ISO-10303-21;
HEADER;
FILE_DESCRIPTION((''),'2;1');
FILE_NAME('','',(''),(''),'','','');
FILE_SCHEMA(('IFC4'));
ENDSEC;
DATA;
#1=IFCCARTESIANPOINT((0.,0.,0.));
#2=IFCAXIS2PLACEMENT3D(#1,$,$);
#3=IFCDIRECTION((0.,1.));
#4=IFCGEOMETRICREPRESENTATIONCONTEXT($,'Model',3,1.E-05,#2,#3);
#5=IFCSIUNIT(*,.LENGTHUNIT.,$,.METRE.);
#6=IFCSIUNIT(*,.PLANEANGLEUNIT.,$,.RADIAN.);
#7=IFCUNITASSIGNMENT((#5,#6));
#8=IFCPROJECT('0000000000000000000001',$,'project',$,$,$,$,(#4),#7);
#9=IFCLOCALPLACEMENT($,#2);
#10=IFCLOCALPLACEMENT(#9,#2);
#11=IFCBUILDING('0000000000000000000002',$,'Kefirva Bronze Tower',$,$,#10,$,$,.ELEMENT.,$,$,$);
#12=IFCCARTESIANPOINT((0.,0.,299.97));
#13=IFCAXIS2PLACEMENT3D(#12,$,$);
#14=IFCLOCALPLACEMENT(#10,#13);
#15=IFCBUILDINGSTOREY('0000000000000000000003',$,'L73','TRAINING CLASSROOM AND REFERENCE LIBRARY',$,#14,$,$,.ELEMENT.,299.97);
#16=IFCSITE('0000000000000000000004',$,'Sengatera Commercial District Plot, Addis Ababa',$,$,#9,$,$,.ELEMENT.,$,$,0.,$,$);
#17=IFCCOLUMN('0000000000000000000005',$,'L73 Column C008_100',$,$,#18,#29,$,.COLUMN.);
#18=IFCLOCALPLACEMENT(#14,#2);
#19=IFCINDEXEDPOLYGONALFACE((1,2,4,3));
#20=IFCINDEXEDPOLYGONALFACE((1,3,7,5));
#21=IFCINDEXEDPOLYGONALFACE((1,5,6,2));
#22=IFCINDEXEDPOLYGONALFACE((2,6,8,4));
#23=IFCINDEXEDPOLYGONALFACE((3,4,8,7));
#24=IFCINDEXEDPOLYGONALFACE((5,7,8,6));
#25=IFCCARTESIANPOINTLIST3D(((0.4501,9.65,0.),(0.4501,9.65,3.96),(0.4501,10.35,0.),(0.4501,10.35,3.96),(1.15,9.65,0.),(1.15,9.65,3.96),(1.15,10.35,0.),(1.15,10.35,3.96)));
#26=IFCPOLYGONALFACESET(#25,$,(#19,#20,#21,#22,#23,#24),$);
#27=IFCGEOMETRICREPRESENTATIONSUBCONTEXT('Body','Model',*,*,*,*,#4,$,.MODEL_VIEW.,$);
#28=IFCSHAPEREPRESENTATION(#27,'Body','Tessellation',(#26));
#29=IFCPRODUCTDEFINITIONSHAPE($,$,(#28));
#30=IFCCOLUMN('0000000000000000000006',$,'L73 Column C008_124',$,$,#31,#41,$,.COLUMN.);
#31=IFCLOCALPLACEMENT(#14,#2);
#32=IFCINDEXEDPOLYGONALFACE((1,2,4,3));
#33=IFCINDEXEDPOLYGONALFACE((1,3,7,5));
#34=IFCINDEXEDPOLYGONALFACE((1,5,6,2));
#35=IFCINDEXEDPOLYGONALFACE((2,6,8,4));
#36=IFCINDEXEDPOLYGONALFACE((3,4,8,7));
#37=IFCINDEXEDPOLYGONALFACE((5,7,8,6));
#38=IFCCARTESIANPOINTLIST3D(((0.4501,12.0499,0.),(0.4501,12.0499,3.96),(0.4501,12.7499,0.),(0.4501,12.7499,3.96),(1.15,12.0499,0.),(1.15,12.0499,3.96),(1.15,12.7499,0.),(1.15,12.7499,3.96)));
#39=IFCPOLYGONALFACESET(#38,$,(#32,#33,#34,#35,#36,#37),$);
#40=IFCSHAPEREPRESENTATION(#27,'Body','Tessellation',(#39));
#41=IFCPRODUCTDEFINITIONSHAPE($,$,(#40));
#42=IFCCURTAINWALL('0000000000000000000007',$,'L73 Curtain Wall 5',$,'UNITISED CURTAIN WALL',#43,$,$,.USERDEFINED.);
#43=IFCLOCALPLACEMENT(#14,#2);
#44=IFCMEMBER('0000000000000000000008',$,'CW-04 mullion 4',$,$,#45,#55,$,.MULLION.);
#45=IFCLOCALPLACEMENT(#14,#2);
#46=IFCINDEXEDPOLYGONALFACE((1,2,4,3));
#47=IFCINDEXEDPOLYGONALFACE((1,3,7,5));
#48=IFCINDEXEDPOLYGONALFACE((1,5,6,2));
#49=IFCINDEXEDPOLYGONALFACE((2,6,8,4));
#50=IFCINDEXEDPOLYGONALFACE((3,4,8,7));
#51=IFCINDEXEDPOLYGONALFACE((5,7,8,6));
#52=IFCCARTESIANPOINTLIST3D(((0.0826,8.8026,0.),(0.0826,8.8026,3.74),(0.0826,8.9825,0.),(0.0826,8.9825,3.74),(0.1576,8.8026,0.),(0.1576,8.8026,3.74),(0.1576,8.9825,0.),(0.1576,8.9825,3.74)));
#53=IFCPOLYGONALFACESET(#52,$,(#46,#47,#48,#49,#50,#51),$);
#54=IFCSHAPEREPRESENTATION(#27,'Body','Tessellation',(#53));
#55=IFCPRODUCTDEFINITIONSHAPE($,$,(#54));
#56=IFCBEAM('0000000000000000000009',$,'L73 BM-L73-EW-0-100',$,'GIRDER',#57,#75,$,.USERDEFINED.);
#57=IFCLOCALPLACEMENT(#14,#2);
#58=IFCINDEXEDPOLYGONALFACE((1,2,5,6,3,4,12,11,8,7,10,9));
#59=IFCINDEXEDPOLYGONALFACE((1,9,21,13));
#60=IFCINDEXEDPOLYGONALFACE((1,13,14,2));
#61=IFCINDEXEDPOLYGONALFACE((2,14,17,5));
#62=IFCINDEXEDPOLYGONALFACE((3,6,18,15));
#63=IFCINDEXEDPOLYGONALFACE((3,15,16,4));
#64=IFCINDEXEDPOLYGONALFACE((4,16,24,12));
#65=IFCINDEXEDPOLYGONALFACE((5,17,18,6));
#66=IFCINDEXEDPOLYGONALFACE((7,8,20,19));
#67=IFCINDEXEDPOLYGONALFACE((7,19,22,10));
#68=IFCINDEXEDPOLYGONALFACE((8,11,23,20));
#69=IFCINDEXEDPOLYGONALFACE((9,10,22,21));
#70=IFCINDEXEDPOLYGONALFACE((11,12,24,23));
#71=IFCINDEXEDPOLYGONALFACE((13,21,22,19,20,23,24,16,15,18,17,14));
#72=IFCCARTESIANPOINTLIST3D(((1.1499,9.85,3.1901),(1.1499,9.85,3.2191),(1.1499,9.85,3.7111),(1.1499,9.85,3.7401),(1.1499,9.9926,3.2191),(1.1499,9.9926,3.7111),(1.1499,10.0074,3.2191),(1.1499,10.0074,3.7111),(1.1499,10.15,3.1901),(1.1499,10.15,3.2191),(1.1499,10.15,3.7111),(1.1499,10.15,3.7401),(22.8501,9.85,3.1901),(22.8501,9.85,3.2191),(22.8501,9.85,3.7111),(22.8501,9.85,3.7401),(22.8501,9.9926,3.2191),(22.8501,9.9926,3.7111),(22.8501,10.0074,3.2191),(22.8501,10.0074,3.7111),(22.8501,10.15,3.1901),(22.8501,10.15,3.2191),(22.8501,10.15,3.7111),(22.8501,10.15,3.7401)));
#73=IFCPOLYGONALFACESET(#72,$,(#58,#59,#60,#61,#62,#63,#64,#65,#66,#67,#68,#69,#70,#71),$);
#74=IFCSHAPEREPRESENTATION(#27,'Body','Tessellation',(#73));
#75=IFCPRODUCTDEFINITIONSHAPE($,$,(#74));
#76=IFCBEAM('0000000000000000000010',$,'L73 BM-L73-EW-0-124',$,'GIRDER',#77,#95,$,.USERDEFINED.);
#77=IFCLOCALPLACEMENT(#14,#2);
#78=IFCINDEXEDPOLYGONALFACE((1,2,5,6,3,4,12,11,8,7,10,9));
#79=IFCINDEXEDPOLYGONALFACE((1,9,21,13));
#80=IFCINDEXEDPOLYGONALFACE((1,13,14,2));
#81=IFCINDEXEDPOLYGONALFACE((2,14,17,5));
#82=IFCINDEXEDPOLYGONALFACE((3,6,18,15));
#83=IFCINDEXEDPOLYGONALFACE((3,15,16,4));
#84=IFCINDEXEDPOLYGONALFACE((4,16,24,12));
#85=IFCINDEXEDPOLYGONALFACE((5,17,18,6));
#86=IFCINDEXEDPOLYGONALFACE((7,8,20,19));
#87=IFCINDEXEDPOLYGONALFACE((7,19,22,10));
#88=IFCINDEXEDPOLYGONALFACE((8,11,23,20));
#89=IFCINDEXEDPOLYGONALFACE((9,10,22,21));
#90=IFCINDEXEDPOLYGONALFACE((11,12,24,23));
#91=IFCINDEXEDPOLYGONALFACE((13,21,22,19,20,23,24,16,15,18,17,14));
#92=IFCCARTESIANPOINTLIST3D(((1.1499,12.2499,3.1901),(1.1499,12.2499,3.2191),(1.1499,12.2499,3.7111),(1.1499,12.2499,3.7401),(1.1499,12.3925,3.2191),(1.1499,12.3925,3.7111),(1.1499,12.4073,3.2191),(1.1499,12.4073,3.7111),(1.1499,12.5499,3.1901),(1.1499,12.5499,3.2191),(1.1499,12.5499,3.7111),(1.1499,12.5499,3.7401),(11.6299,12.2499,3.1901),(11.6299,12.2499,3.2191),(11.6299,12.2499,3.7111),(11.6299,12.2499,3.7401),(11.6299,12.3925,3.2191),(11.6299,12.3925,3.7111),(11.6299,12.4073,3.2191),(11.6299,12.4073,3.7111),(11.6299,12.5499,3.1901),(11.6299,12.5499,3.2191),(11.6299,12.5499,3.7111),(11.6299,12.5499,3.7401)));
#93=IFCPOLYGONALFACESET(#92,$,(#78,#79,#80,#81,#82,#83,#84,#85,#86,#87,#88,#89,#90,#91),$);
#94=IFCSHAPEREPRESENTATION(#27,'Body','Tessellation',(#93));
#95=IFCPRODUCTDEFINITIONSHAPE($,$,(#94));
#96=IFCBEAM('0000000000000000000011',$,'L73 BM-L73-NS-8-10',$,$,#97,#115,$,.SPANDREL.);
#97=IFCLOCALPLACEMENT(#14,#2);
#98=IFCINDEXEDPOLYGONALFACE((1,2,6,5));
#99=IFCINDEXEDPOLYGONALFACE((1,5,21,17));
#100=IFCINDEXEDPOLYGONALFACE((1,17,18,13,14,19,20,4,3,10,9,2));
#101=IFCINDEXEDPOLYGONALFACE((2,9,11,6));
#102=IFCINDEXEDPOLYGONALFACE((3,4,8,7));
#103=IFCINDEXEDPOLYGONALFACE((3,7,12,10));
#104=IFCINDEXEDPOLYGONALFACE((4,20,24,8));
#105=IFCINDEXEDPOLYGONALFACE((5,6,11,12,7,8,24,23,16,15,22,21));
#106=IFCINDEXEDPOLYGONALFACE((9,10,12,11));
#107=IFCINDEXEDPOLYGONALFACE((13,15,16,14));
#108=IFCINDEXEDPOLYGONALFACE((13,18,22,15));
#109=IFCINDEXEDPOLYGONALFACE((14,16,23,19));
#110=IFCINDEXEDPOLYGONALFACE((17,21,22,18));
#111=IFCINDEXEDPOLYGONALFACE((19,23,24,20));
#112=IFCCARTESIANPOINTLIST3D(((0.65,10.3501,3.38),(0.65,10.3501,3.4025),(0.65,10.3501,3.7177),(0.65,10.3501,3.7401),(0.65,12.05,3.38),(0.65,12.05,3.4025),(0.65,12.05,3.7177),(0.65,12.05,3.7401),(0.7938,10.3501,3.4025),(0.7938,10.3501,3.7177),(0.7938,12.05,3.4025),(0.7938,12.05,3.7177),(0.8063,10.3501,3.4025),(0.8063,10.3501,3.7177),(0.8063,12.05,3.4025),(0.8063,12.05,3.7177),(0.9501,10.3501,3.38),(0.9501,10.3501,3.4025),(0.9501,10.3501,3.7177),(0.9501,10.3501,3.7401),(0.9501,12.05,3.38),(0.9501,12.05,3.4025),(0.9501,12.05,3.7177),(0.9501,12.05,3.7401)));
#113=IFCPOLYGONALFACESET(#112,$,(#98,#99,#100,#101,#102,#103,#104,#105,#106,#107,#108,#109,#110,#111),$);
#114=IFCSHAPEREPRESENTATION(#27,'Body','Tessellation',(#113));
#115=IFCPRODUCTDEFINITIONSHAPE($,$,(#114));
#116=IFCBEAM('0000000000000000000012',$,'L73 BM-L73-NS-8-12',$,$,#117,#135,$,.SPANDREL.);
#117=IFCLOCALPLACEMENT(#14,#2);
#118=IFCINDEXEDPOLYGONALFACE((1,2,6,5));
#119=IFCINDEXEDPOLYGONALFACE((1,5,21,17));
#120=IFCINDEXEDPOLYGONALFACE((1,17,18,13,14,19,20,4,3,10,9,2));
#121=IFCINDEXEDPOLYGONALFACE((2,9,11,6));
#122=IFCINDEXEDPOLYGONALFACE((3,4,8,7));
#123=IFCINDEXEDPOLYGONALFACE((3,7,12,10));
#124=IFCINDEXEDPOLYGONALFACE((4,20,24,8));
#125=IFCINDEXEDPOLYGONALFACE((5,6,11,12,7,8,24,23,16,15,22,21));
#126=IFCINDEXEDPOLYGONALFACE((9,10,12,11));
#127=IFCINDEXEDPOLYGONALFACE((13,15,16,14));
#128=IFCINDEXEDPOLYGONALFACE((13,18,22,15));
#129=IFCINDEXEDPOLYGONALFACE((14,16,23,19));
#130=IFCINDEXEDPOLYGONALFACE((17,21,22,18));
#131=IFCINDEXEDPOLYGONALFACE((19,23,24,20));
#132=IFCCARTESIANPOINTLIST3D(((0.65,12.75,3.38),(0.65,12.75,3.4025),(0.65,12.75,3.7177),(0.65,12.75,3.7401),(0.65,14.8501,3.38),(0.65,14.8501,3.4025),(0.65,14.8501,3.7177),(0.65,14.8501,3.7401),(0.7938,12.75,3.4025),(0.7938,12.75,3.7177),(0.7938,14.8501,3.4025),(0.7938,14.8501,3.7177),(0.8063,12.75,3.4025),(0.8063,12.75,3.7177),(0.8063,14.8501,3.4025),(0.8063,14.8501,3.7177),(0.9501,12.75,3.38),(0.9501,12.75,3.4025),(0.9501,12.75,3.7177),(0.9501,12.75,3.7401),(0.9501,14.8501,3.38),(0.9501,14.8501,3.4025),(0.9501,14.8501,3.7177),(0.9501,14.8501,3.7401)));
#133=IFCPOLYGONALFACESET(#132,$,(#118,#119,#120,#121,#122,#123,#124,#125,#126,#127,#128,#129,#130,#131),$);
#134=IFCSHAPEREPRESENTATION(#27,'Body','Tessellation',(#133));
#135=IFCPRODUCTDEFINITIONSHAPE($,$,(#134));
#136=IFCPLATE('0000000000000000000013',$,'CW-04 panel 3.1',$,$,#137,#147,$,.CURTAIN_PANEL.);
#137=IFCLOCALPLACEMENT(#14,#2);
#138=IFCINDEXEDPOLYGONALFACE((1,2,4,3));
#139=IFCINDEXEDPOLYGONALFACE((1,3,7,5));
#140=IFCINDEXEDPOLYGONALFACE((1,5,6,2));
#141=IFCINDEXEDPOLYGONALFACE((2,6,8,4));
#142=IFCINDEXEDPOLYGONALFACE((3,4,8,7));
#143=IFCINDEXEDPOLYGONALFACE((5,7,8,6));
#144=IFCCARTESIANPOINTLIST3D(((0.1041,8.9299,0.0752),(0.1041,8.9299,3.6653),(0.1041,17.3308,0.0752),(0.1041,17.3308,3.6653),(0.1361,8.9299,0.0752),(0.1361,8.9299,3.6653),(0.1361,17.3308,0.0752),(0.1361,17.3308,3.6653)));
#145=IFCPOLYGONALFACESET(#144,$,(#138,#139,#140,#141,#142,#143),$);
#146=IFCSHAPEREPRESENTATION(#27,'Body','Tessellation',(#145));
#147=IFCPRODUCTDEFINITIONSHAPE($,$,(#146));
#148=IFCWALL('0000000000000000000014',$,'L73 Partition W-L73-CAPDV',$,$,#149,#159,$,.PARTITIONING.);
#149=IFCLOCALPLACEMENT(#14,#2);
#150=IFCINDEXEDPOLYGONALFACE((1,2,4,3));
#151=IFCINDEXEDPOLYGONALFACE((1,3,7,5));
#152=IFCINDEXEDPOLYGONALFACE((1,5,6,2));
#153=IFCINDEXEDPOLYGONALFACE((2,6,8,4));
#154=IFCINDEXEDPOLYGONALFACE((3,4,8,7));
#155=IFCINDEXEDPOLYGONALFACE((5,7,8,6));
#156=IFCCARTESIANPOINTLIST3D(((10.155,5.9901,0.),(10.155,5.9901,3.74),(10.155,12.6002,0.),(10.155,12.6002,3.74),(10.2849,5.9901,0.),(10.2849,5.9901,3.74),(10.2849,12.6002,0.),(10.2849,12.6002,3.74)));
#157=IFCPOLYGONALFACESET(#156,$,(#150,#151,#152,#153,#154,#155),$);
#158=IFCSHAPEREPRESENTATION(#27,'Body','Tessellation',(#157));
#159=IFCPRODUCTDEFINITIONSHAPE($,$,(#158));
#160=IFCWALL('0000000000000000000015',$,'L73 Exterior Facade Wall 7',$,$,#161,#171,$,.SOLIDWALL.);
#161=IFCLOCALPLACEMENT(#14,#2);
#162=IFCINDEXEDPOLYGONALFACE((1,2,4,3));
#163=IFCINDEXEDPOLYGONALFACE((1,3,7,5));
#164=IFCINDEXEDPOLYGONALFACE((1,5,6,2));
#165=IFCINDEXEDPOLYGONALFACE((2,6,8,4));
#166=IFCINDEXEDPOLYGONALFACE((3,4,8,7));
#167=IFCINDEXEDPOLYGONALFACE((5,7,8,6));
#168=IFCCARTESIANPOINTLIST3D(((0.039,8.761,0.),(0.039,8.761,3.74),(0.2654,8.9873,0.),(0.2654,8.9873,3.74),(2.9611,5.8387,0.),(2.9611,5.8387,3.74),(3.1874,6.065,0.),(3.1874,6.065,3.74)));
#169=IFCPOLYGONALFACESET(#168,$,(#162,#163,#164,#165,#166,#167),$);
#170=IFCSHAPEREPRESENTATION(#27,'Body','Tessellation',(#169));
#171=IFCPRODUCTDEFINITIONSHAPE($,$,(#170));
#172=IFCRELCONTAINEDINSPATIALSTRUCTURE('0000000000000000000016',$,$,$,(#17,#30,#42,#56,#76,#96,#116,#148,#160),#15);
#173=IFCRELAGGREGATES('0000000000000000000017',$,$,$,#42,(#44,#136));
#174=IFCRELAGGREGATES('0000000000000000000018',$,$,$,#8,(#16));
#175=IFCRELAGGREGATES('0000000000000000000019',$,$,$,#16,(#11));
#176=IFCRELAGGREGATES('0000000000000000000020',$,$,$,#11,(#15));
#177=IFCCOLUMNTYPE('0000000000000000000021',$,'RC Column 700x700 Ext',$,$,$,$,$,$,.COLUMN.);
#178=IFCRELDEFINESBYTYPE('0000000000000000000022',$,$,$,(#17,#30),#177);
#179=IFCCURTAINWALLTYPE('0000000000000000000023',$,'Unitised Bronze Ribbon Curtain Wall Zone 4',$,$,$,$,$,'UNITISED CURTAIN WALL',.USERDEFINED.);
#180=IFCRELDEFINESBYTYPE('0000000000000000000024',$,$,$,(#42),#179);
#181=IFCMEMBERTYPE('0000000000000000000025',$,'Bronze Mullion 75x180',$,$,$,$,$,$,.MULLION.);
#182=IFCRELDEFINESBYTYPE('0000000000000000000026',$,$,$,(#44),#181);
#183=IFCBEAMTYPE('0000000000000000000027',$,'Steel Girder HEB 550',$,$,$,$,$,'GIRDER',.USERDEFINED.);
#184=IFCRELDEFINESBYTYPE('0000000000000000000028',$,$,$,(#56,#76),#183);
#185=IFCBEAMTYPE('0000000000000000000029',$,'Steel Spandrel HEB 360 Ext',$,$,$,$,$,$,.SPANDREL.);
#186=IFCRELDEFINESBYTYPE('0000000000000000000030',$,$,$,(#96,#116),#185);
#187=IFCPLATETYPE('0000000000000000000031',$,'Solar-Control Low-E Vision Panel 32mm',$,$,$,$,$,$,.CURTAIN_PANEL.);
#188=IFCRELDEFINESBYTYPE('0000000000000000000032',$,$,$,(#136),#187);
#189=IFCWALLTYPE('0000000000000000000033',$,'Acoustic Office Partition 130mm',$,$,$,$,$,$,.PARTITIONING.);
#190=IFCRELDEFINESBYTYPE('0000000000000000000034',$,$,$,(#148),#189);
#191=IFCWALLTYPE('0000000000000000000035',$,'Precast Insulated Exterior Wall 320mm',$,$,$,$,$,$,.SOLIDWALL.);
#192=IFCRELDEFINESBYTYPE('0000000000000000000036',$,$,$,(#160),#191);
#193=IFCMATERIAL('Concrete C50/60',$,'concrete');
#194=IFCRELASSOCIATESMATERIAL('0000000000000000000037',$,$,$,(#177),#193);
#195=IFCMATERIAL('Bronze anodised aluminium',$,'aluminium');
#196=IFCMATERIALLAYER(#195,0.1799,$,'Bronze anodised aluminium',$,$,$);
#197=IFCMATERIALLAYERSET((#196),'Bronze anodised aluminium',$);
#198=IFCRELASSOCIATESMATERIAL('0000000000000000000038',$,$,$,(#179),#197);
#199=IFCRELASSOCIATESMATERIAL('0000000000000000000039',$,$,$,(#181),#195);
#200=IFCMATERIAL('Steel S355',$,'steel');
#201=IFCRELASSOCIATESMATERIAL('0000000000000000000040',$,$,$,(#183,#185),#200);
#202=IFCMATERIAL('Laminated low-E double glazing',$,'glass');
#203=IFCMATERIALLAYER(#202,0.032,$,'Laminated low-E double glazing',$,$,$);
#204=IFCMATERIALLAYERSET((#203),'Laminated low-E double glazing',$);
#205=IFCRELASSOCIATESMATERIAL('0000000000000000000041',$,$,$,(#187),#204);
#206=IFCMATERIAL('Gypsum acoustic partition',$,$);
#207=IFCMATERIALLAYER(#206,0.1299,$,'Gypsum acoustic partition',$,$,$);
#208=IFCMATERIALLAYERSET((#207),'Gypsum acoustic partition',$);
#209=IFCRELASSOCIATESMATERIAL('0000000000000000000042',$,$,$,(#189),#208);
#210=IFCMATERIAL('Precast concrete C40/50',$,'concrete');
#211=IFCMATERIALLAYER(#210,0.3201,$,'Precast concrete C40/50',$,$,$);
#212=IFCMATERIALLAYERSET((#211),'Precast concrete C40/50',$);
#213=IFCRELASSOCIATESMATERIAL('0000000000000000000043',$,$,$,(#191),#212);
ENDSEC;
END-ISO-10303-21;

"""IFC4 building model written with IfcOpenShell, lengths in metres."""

from ifc_helpers import new_model, si_unit, direction, frame, frame_2d, origin, origin_2d, place, context, subcontext, project, spatial, rectangle, i_section, extrude, material, layer, layer_set, material_profile, profile_set, type_object, element, aggregate, save


model = new_model("IFC4")

# Units and contexts
model_context = context("Model", 3, precision=1e-05, world=origin(), true_north=direction((0.0, 1.0)))
body_context = subcontext(model_context, "Body", "Model", "MODEL_VIEW")
ifc_project = project(units=[si_unit("LENGTHUNIT", "METRE"), si_unit("PLANEANGLEUNIT", "RADIAN")], contexts=[model_context])

# Site, building, storey
site_placement = place(None, origin())
site = spatial("IfcSite", under=ifc_project, at=site_placement, Name="Sengatera Commercial District Plot, Addis Ababa", CompositionType="ELEMENT", RefElevation=0.0)
building_placement = place(site_placement, origin())
building = spatial("IfcBuilding", under=site, at=building_placement, Name="Kefirva Bronze Tower", CompositionType="ELEMENT")
storey_placement = place(building_placement, frame((0.0, 0.0, 299.97)))
storey = spatial("IfcBuildingStorey", under=building, at=storey_placement, Name="L73", Description="TRAINING CLASSROOM AND REFERENCE LIBRARY", CompositionType="ELEMENT", Elevation=299.97)

# Columns
ifc_material_1 = material(Name="Concrete C50/60", Category="concrete")
ifc_material_profile_1 = material_profile(ifc_material_1, rectangle(XDim=0.7, YDim=0.7, at=origin_2d()), Name="RC 700x700")
ifc_profile_set_1 = profile_set([ifc_material_profile_1], Name="Concrete C50/60")
column_type = type_object("IfcColumnType", Name="RC Column 700x700 Ext", PredefinedType="COLUMN", material=ifc_profile_set_1)
for number, where, z_axis, x_axis, name in (
    (1, (0.8, 10.0, 0.0), (0.0, 0.0, 1.0), (1.0, 0.0, 0.0), "L73 Column C008_100"),
    (2, (0.8, 12.3999, 0.0), (0.0, 0.0, 1.0), (1.0, 0.0, 0.0), "L73 Column C008_124"),
):
    element("IfcColumn", number, at=place(storey_placement, frame(where, z_axis=z_axis, x_axis=x_axis)), inside=storey, type_object=column_type, Name=name, PredefinedType="COLUMN", context=body_context, shape_type="SweptSolid", body=[
        extrude(rectangle(XDim=0.7, YDim=0.7, at=origin_2d()), origin(), (0.0, 0.0, 1.0), 3.96),
    ])

# Curtain wall, member
ifc_material_2 = material(Name="Bronze anodised aluminium", Category="aluminium")
ifc_layer_1 = layer(ifc_material_2, 0.1799, Name="Bronze anodised aluminium")
ifc_layer_set_1 = layer_set([ifc_layer_1], Name="Bronze anodised aluminium")
curtain_wall_type = type_object("IfcCurtainWallType", Name="Unitised Bronze Ribbon Curtain Wall Zone 4", ElementType="UNITISED CURTAIN WALL", PredefinedType="USERDEFINED", material=ifc_layer_set_1)
curtain_wall_placement = place(storey_placement, origin())
curtain_wall = element("IfcCurtainWall", 3, at=curtain_wall_placement, inside=storey, type_object=curtain_wall_type, Name="L73 Curtain Wall 5", ObjectType="UNITISED CURTAIN WALL", PredefinedType="USERDEFINED")
ifc_material_profile_2 = material_profile(ifc_material_2, rectangle(XDim=0.075, YDim=0.1799, at=origin_2d()), Name="ALU 75x180")
ifc_profile_set_2 = profile_set([ifc_material_profile_2], Name="Bronze anodised aluminium")
member_type = type_object("IfcMemberType", Name="Bronze Mullion 75x180", PredefinedType="MULLION", material=ifc_profile_set_2)
member_placement = place(storey_placement, frame((0.1201, 8.8926, 0.0), z_axis=(0.0, 0.0, 1.0), x_axis=(1.0, 0.0, 0.0)))
member = element("IfcMember", 4, at=member_placement, type_object=member_type, Name="CW-04 mullion 4", PredefinedType="MULLION", context=body_context, shape_type="SweptSolid", body=[
    extrude(rectangle(XDim=0.075, YDim=0.1799, at=origin_2d()), origin(), (0.0, 0.0, 1.0), 3.74),
])

# Beams
ifc_material_3 = material(Name="Steel S355", Category="steel")
ifc_material_profile_3 = material_profile(ifc_material_3, i_section(OverallWidth=0.3, OverallDepth=0.55, WebThickness=0.0149, FlangeThickness=0.0291, at=origin_2d()), Name="HEB 550")
ifc_profile_set_3 = profile_set([ifc_material_profile_3], Name="Steel S355")
beam_type_1 = type_object("IfcBeamType", Name="Steel Girder HEB 550", ElementType="GIRDER", PredefinedType="USERDEFINED", material=ifc_profile_set_3)
beam_1_placement = place(storey_placement, frame((1.1499, 10.0, 3.4651), z_axis=(1.0, 0.0, 0.0), x_axis=(0.0, 1.0, 0.0)))
element("IfcBeam", 5, at=beam_1_placement, inside=storey, type_object=beam_type_1, Name="L73 BM-L73-EW-0-100", ObjectType="GIRDER", PredefinedType="USERDEFINED", context=body_context, shape_type="SweptSolid", body=[
    extrude(i_section(OverallWidth=0.3, OverallDepth=0.55, WebThickness=0.0149, FlangeThickness=0.0291, at=origin_2d()), origin(), (0.0, 0.0, 1.0), 21.7002),
])
beam_2_placement = place(storey_placement, frame((1.1499, 12.3999, 3.4651), z_axis=(1.0, 0.0, 0.0), x_axis=(0.0, 1.0, 0.0)))
element("IfcBeam", 6, at=beam_2_placement, inside=storey, type_object=beam_type_1, Name="L73 BM-L73-EW-0-124", ObjectType="GIRDER", PredefinedType="USERDEFINED", context=body_context, shape_type="SweptSolid", body=[
    extrude(i_section(OverallWidth=0.3, OverallDepth=0.55, WebThickness=0.0149, FlangeThickness=0.0291, at=origin_2d()), origin(), (0.0, 0.0, 1.0), 10.48),
])
ifc_material_profile_4 = material_profile(ifc_material_3, i_section(OverallWidth=0.3, OverallDepth=0.3601, WebThickness=0.0125, FlangeThickness=0.0225, at=origin_2d()), Name="HEB 360")
ifc_profile_set_4 = profile_set([ifc_material_profile_4], Name="Steel S355")
beam_type_2 = type_object("IfcBeamType", Name="Steel Spandrel HEB 360 Ext", PredefinedType="SPANDREL", material=ifc_profile_set_4)
beam_3_placement = place(storey_placement, frame((0.8, 10.3501, 3.5601), z_axis=(0.0, 1.0, 0.0), x_axis=(-1.0, 0.0, 0.0)))
element("IfcBeam", 7, at=beam_3_placement, inside=storey, type_object=beam_type_2, Name="L73 BM-L73-NS-8-10", PredefinedType="SPANDREL", context=body_context, shape_type="SweptSolid", body=[
    extrude(i_section(OverallWidth=0.3, OverallDepth=0.3601, WebThickness=0.0125, FlangeThickness=0.0225, at=origin_2d()), origin(), (0.0, 0.0, 1.0), 1.7),
])
beam_4_placement = place(storey_placement, frame((0.8, 12.75, 3.5601), z_axis=(0.0, 1.0, 0.0), x_axis=(-1.0, 0.0, 0.0)))
element("IfcBeam", 8, at=beam_4_placement, inside=storey, type_object=beam_type_2, Name="L73 BM-L73-NS-8-12", PredefinedType="SPANDREL", context=body_context, shape_type="SweptSolid", body=[
    extrude(i_section(OverallWidth=0.3, OverallDepth=0.3601, WebThickness=0.0125, FlangeThickness=0.0225, at=origin_2d()), origin(), (0.0, 0.0, 1.0), 2.1001),
])

# Plate
ifc_material_4 = material(Name="Laminated low-E double glazing", Category="glass")
ifc_layer_2 = layer(ifc_material_4, 0.032, Name="Laminated low-E double glazing")
ifc_layer_set_2 = layer_set([ifc_layer_2], Name="Laminated low-E double glazing")
plate_type = type_object("IfcPlateType", Name="Solar-Control Low-E Vision Panel 32mm", PredefinedType="CURTAIN_PANEL", material=ifc_layer_set_2)
plate_placement = place(storey_placement, frame((0.1201, 13.1304, 0.0752), z_axis=(0.0, 0.0, 1.0), x_axis=(0.0, -1.0, 0.0)))
plate = element("IfcPlate", 9, at=plate_placement, type_object=plate_type, Name="CW-04 panel 3.1", PredefinedType="CURTAIN_PANEL", context=body_context, shape_type="SweptSolid", body=[
    extrude(rectangle(XDim=8.4009, YDim=0.032, at=origin_2d()), origin(), (0.0, 0.0, 1.0), 3.5901),
])
aggregate(curtain_wall, [member, plate])

# Walls
ifc_material_5 = material(Name="Gypsum acoustic partition")
ifc_layer_3 = layer(ifc_material_5, 0.1299, Name="Gypsum acoustic partition")
ifc_layer_set_3 = layer_set([ifc_layer_3], Name="Gypsum acoustic partition")
wall_type_1 = type_object("IfcWallType", Name="Acoustic Office Partition 130mm", PredefinedType="PARTITIONING", material=ifc_layer_set_3)
wall_1_placement = place(storey_placement, frame((10.22, 5.99, 0.0), z_axis=(0.0, 0.0, 1.0), x_axis=(0.0, 1.0, 0.0)))
element("IfcWall", 10, at=wall_1_placement, inside=storey, type_object=wall_type_1, Name="L73 Partition W-L73-CAPDV", PredefinedType="PARTITIONING", context=body_context, shape_type="SweptSolid", body=[
    extrude(rectangle(XDim=6.6101, YDim=0.1299, at=frame_2d((3.3052, 0.0))), origin(), (0.0, 0.0, 1.0), 3.74),
])
ifc_material_6 = material(Name="Precast concrete C40/50", Category="concrete")
ifc_layer_4 = layer(ifc_material_6, 0.3201, Name="Precast concrete C40/50")
ifc_layer_set_4 = layer_set([ifc_layer_4], Name="Precast concrete C40/50")
wall_type_2 = type_object("IfcWallType", Name="Precast Insulated Exterior Wall 320mm", PredefinedType="SOLIDWALL", material=ifc_layer_set_4)
wall_2_placement = place(storey_placement, frame((0.1521, 8.8743, 0.0), z_axis=(0.0, 0.0, 1.0), x_axis=(0.707077, -0.707136, 0.0)))
element("IfcWall", 11, at=wall_2_placement, inside=storey, type_object=wall_type_2, Name="L73 Exterior Facade Wall 7", PredefinedType="SOLIDWALL", context=body_context, shape_type="SweptSolid", body=[
    extrude(rectangle(XDim=4.1326, YDim=0.3201, at=frame_2d((2.0664, 0.0))), origin(), (0.0, 0.0, 1.0), 3.74),
])

save(model, "model.ifc")
